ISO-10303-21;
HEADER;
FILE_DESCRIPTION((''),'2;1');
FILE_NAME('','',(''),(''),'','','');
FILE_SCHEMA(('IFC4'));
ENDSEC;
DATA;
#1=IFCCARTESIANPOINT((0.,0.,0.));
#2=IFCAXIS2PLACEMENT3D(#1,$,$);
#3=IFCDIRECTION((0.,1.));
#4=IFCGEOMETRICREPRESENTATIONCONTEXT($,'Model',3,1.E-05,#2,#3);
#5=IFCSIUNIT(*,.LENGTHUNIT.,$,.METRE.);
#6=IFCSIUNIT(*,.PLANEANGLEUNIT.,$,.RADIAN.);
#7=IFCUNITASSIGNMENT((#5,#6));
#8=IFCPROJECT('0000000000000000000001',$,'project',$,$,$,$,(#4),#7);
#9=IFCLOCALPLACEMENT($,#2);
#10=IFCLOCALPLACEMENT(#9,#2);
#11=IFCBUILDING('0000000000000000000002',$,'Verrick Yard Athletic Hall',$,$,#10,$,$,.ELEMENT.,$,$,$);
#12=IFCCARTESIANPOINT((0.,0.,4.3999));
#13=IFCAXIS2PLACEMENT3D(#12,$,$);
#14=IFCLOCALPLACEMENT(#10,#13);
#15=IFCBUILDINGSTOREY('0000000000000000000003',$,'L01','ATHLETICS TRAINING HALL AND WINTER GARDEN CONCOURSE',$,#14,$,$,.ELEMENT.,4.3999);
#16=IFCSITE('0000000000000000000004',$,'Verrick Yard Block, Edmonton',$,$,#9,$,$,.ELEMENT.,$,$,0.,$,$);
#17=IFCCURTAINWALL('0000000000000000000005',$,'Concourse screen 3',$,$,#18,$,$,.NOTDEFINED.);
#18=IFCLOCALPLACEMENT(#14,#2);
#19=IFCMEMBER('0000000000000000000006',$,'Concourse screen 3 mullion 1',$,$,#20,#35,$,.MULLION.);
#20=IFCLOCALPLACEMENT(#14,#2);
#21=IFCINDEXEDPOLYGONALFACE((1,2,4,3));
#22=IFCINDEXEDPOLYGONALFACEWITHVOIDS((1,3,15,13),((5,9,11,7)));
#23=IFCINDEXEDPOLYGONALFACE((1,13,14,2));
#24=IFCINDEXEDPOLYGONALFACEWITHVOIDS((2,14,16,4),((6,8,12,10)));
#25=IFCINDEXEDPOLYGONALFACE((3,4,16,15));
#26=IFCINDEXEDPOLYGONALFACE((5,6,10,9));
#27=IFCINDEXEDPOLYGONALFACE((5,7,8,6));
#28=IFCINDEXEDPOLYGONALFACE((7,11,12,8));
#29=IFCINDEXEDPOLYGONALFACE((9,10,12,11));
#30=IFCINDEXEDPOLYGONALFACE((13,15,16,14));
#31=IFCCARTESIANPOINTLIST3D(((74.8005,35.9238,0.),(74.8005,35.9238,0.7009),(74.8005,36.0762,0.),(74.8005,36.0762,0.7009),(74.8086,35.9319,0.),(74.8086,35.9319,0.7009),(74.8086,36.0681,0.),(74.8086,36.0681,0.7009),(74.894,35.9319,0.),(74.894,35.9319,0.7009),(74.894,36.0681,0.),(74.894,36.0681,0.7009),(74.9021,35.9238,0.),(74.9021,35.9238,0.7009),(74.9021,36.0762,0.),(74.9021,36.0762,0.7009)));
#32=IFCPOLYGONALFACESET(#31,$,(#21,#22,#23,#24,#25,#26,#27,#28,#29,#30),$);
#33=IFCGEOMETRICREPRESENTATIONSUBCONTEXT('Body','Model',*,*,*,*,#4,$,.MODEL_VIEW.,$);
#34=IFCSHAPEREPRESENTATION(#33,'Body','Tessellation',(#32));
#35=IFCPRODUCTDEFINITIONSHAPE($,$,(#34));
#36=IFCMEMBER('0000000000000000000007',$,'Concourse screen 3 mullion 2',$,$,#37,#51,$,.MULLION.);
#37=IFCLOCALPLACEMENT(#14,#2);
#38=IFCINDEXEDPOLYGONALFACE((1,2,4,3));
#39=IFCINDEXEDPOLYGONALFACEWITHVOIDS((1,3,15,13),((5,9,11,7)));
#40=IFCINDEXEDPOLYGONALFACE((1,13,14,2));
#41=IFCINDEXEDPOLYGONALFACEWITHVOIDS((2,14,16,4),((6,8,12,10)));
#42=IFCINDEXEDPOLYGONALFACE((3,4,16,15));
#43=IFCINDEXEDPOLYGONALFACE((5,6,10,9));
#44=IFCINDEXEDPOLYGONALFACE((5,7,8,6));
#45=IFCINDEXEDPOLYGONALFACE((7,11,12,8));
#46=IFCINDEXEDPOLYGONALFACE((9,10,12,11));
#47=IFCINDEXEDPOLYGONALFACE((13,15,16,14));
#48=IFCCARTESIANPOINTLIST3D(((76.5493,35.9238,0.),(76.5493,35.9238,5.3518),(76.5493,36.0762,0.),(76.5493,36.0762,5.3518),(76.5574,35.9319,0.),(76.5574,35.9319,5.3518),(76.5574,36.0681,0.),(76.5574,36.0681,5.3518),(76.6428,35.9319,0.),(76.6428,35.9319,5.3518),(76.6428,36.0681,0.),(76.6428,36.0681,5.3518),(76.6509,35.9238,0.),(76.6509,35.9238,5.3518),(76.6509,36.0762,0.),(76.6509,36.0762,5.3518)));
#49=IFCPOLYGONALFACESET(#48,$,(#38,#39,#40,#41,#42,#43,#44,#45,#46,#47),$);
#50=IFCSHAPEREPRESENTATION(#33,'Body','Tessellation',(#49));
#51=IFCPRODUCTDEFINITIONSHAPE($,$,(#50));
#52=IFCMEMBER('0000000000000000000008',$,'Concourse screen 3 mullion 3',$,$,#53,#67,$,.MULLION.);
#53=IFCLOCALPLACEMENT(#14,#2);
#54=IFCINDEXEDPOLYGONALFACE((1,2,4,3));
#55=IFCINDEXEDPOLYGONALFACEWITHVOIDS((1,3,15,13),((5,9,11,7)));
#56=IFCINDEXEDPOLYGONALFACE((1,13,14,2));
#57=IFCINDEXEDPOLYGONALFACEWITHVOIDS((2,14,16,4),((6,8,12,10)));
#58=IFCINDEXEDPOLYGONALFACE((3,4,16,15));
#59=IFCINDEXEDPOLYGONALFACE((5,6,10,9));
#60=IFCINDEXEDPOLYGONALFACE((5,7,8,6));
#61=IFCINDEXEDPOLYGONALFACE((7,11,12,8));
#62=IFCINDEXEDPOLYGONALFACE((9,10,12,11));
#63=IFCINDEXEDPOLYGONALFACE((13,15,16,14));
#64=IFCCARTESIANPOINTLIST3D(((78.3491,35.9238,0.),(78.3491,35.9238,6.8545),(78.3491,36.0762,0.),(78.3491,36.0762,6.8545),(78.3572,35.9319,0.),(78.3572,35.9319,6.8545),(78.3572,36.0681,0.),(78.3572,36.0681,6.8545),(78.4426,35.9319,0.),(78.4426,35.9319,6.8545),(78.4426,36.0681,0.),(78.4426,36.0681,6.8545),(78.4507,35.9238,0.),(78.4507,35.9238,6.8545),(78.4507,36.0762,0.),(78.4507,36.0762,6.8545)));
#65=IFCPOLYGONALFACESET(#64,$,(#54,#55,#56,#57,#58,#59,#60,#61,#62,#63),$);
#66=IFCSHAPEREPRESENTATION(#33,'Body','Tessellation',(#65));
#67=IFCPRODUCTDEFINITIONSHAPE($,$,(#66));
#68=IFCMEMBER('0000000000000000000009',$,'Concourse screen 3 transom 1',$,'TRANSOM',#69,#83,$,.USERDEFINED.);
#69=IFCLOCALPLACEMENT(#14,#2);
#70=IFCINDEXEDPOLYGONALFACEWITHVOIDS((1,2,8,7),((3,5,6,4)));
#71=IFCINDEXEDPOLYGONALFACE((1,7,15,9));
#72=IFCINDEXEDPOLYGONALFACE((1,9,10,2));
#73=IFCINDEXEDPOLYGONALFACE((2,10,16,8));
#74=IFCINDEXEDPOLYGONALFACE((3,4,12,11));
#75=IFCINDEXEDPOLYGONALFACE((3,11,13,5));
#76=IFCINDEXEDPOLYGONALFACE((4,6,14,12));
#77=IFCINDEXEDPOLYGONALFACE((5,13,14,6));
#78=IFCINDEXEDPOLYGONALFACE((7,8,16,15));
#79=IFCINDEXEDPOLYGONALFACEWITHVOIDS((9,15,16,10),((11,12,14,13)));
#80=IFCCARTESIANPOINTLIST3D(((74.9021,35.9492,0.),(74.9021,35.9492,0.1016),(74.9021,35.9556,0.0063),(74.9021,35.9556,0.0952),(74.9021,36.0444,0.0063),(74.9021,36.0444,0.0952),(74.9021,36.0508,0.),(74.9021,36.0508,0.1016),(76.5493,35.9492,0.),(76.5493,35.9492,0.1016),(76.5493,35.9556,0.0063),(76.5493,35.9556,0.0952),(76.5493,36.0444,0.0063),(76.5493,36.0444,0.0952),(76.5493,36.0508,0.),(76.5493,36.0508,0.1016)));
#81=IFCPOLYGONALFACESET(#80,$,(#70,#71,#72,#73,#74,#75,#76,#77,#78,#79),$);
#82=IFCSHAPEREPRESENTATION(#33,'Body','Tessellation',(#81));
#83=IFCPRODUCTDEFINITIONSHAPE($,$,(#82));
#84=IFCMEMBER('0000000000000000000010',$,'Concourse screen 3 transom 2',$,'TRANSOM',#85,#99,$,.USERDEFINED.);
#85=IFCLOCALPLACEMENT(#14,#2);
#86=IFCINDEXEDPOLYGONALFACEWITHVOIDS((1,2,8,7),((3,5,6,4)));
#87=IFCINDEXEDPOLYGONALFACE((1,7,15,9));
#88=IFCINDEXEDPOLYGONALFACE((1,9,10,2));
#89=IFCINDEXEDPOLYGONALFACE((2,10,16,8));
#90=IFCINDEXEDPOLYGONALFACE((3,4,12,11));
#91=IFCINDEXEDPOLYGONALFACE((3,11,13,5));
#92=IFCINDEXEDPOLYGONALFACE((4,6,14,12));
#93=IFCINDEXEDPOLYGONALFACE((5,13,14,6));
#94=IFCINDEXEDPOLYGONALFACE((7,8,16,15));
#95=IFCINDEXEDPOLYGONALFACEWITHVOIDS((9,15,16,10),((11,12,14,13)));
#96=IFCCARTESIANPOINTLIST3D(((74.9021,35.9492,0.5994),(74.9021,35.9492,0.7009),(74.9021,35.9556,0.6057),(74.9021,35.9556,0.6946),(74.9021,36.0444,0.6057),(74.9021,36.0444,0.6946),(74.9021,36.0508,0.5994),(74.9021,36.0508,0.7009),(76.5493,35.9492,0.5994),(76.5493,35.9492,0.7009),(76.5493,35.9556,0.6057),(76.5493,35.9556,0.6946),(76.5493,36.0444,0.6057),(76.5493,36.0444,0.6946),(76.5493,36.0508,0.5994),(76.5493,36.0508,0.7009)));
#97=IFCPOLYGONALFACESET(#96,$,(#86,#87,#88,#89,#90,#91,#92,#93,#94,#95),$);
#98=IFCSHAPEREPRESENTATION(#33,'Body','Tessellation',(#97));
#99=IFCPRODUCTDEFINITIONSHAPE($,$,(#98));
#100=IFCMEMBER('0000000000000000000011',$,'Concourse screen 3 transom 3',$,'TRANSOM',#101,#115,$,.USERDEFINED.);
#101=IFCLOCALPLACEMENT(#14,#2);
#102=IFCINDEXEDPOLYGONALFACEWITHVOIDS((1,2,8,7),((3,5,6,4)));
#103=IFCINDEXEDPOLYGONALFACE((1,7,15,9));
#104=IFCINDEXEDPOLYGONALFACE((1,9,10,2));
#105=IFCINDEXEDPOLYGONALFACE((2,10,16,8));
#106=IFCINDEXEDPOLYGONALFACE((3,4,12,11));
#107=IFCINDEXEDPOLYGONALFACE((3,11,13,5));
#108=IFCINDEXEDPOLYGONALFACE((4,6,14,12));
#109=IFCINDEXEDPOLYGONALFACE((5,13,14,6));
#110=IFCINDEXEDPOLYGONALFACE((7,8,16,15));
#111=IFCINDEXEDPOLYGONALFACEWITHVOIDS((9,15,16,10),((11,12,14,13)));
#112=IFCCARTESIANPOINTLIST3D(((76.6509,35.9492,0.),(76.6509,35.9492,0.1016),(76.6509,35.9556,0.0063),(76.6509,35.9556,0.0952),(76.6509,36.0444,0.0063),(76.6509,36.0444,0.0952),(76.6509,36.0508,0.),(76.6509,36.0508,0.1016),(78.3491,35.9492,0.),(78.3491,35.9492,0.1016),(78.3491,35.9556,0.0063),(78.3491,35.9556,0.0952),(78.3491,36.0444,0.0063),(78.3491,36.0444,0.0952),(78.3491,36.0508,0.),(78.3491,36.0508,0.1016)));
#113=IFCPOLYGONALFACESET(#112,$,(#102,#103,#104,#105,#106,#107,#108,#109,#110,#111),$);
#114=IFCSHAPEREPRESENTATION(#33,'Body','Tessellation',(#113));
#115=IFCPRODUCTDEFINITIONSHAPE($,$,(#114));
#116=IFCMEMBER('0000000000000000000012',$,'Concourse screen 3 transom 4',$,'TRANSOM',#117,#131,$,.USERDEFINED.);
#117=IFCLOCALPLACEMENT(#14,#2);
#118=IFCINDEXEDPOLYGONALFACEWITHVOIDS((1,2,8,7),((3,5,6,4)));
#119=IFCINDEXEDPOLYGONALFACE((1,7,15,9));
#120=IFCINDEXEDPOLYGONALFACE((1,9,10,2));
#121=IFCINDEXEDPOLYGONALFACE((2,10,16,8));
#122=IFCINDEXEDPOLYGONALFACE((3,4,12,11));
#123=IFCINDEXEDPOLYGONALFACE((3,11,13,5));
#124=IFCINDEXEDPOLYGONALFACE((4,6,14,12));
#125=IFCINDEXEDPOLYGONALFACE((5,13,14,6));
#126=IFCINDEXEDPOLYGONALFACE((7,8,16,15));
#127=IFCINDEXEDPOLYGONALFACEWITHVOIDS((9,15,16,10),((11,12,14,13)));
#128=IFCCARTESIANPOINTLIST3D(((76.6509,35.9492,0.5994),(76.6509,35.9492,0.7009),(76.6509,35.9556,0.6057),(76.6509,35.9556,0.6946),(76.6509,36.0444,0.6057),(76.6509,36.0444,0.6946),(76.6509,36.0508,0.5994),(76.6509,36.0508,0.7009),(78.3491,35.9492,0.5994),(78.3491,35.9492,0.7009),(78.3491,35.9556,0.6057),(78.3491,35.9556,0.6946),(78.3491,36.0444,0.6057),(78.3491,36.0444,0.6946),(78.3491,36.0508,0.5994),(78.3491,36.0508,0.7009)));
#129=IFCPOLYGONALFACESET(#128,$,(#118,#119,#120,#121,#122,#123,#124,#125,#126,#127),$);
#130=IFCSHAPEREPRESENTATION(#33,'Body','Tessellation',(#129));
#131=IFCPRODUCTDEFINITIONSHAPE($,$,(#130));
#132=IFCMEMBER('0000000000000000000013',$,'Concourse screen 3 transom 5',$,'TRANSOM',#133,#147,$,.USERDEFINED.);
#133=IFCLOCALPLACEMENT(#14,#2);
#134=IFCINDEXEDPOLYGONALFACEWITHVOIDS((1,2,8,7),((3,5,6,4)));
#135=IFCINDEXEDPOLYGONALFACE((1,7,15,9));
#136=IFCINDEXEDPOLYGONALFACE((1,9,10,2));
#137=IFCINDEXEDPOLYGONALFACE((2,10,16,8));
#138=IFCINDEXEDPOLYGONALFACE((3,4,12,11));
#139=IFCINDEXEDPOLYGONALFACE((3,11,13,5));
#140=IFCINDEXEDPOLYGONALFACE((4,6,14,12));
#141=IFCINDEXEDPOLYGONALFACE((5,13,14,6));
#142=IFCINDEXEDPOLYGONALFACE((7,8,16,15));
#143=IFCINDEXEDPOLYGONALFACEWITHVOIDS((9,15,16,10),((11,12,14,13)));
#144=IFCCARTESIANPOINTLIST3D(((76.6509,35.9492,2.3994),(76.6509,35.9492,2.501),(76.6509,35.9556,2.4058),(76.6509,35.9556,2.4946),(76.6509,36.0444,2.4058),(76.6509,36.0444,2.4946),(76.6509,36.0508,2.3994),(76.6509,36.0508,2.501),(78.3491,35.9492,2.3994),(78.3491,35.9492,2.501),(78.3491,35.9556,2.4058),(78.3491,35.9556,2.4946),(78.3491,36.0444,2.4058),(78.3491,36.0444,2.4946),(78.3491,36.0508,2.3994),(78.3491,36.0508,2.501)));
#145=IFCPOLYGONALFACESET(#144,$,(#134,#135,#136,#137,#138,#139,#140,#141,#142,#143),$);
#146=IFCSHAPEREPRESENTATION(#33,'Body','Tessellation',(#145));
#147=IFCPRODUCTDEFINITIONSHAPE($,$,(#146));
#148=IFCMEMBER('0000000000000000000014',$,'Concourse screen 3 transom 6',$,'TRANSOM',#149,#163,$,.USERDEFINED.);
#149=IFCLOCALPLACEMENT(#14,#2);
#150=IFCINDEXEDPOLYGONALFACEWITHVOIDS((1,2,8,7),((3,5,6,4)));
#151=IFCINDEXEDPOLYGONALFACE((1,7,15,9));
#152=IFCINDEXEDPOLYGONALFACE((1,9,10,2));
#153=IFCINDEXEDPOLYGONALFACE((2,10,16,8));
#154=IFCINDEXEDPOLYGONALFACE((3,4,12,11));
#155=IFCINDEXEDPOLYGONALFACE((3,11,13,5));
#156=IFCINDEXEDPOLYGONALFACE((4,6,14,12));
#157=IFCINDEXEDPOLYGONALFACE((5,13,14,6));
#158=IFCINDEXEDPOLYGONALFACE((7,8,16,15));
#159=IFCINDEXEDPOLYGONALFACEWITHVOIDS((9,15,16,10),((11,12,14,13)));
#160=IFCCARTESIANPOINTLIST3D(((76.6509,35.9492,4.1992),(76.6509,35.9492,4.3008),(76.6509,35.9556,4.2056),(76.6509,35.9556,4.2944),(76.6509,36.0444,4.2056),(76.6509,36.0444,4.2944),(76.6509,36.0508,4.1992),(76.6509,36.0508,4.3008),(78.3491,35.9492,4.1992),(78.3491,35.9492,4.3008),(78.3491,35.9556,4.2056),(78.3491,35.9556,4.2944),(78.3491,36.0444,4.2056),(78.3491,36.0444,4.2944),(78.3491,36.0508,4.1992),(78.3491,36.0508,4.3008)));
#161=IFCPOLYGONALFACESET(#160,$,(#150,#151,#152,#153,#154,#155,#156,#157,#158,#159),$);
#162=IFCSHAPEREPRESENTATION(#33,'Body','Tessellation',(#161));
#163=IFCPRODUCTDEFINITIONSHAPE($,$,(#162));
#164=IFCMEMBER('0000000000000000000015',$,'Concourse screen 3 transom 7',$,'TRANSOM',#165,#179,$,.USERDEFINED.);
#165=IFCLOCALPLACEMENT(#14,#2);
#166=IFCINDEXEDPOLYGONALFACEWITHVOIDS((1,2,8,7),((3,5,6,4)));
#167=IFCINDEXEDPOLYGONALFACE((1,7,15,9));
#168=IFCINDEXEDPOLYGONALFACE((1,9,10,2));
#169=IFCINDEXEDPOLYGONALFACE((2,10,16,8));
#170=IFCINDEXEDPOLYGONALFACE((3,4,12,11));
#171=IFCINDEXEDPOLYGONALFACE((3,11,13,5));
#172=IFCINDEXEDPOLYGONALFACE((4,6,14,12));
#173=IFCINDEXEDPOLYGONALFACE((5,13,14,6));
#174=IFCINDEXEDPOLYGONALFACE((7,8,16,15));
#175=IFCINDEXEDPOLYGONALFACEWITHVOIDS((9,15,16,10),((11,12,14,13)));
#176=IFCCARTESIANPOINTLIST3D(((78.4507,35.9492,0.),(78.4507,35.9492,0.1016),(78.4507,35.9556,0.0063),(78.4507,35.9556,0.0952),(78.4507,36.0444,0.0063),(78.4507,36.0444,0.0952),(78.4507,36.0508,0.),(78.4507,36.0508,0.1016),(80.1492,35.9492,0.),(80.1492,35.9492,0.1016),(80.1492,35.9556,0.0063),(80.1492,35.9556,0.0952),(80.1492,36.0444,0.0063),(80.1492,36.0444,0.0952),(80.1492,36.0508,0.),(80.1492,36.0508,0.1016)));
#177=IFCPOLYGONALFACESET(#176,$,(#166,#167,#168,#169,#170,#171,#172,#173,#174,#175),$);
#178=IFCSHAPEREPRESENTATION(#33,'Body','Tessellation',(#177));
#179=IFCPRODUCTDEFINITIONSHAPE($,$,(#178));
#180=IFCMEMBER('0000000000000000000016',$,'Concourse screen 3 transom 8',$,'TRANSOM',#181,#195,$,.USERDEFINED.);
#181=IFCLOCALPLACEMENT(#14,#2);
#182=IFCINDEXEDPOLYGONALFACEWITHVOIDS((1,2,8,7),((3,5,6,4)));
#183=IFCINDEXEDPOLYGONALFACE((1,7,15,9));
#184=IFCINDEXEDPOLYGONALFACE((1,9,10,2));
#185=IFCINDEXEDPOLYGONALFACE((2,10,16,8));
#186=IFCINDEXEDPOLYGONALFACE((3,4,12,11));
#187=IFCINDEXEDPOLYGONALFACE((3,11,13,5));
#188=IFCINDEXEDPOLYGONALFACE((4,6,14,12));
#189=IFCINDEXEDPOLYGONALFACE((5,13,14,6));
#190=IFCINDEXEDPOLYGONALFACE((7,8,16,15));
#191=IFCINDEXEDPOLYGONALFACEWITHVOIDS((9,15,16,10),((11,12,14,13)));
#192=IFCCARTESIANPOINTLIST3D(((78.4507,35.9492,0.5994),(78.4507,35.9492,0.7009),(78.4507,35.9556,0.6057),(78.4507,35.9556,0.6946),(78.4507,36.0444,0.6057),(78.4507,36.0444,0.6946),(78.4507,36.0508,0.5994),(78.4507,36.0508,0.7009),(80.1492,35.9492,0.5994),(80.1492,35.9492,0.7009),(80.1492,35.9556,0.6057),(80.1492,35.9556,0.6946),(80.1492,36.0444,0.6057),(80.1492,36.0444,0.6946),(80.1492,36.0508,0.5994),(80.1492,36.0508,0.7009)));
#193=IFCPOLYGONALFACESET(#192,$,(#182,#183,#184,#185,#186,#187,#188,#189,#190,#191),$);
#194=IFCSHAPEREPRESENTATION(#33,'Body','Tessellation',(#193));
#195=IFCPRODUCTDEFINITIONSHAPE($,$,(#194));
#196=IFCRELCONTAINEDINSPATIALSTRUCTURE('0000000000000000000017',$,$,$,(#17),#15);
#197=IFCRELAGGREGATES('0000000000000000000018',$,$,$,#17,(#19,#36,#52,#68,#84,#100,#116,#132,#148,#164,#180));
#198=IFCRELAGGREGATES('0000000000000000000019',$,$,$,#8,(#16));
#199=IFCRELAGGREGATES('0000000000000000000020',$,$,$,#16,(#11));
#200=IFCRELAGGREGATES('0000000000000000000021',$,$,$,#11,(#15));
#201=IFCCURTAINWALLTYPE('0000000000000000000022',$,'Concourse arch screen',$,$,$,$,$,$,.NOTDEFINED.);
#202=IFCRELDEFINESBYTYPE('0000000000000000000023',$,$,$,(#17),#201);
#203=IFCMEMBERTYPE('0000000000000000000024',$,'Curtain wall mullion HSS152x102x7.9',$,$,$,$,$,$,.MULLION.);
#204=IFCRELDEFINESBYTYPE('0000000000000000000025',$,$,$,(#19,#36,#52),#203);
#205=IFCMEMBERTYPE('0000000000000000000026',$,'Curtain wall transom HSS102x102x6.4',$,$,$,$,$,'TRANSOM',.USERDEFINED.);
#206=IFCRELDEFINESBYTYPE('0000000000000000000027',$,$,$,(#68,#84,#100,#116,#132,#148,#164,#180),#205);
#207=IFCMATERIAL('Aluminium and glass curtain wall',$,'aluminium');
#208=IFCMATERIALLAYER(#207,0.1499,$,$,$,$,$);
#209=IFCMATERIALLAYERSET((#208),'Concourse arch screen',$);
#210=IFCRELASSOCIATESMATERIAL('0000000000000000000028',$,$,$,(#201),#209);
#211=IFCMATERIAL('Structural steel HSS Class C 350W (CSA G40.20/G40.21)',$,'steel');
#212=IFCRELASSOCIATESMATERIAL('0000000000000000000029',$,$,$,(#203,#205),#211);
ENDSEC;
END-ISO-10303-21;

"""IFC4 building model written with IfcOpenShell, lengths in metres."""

from ifc_helpers import new_model, si_unit, direction, frame, origin, origin_2d, place, context, subcontext, project, spatial, hollow_rectangle, extrude, material, layer, layer_set, material_profile, profile_set, type_object, element, aggregate, save


model = new_model("IFC4")

# Units and contexts
model_context = context("Model", 3, precision=1e-05, world=origin(), true_north=direction((0.0, 1.0)))
body_context = subcontext(model_context, "Body", "Model", "MODEL_VIEW")
ifc_project = project(units=[si_unit("LENGTHUNIT", "METRE"), si_unit("PLANEANGLEUNIT", "RADIAN")], contexts=[model_context])

# Site, building, storey
site_placement = place(None, origin())
site = spatial("IfcSite", under=ifc_project, at=site_placement, Name="Verrick Yard Block, Edmonton", CompositionType="ELEMENT", RefElevation=0.0)
building_placement = place(site_placement, origin())
building = spatial("IfcBuilding", under=site, at=building_placement, Name="Verrick Yard Athletic Hall", CompositionType="ELEMENT")
storey_placement = place(building_placement, frame((0.0, 0.0, 4.3999)))
storey = spatial("IfcBuildingStorey", under=building, at=storey_placement, Name="L01", Description="ATHLETICS TRAINING HALL AND WINTER GARDEN CONCOURSE", CompositionType="ELEMENT", Elevation=4.3999)

# Curtain wall, members
ifc_material_1 = material(Name="Aluminium and glass curtain wall", Category="aluminium")
ifc_layer_1 = layer(ifc_material_1, 0.1499)
ifc_layer_set_1 = layer_set([ifc_layer_1], Name="Concourse arch screen")
curtain_wall_type = type_object("IfcCurtainWallType", Name="Concourse arch screen", PredefinedType="NOTDEFINED", material=ifc_layer_set_1)
curtain_wall_placement = place(storey_placement, origin())
curtain_wall = element("IfcCurtainWall", 1, at=curtain_wall_placement, inside=storey, type_object=curtain_wall_type, Name="Concourse screen 3", PredefinedType="NOTDEFINED")
ifc_material_2 = material(Name="Structural steel HSS Class C 350W (CSA G40.20/G40.21)", Category="steel")
ifc_material_profile_1 = material_profile(ifc_material_2, hollow_rectangle(XDim=0.1016, YDim=0.1523, WallThickness=0.0081, at=origin_2d()), Name="HSS152x102x7.9")
ifc_profile_set_1 = profile_set([ifc_material_profile_1], Name="Structural steel HSS Class C 350W (CSA G40.20/G40.21)")
member_type_1 = type_object("IfcMemberType", Name="Curtain wall mullion HSS152x102x7.9", PredefinedType="MULLION", material=ifc_profile_set_1)
member_1_placement = place(storey_placement, frame((74.8513, 36.0, 0.0), z_axis=(0.0, 0.0, 1.0), x_axis=(1.0, 0.0, 0.0)))
member_1 = element("IfcMember", 2, at=member_1_placement, type_object=member_type_1, Name="Concourse screen 3 mullion 1", PredefinedType="MULLION", context=body_context, shape_type="SweptSolid", body=[
    extrude(hollow_rectangle(XDim=0.1016, YDim=0.1523, WallThickness=0.0081, at=origin_2d()), origin(), (0.0, 0.0, 1.0), 0.7009),
])
member_2_placement = place(storey_placement, frame((76.6001, 36.0, 0.0), z_axis=(0.0, 0.0, 1.0), x_axis=(1.0, 0.0, 0.0)))
member_2 = element("IfcMember", 3, at=member_2_placement, type_object=member_type_1, Name="Concourse screen 3 mullion 2", PredefinedType="MULLION", context=body_context, shape_type="SweptSolid", body=[
    extrude(hollow_rectangle(XDim=0.1016, YDim=0.1523, WallThickness=0.0081, at=origin_2d()), origin(), (0.0, 0.0, 1.0), 5.3518),
])
member_3_placement = place(storey_placement, frame((78.3999, 36.0, 0.0), z_axis=(0.0, 0.0, 1.0), x_axis=(1.0, 0.0, 0.0)))
member_3 = element("IfcMember", 4, at=member_3_placement, type_object=member_type_1, Name="Concourse screen 3 mullion 3", PredefinedType="MULLION", context=body_context, shape_type="SweptSolid", body=[
    extrude(hollow_rectangle(XDim=0.1016, YDim=0.1523, WallThickness=0.0081, at=origin_2d()), origin(), (0.0, 0.0, 1.0), 6.8545),
])
ifc_material_profile_2 = material_profile(ifc_material_2, hollow_rectangle(XDim=0.1016, YDim=0.1016, WallThickness=0.0063, at=origin_2d()), Name="HSS102x102x6.4")
ifc_profile_set_2 = profile_set([ifc_material_profile_2], Name="Structural steel HSS Class C 350W (CSA G40.20/G40.21)")
member_type_2 = type_object("IfcMemberType", Name="Curtain wall transom HSS102x102x6.4", ElementType="TRANSOM", PredefinedType="USERDEFINED", material=ifc_profile_set_2)
member_4_placement = place(storey_placement, frame((74.9021, 36.0, 0.0508), z_axis=(1.0, 0.0, 0.0), x_axis=(0.0, 1.0, 0.0)))
member_4 = element("IfcMember", 5, at=member_4_placement, type_object=member_type_2, Name="Concourse screen 3 transom 1", ObjectType="TRANSOM", PredefinedType="USERDEFINED", context=body_context, shape_type="SweptSolid", body=[
    extrude(hollow_rectangle(XDim=0.1016, YDim=0.1016, WallThickness=0.0063, at=origin_2d()), origin(), (0.0, 0.0, 1.0), 1.6472),
])
member_5_placement = place(storey_placement, frame((74.9021, 36.0, 0.6501), z_axis=(1.0, 0.0, 0.0), x_axis=(0.0, 1.0, 0.0)))
member_5 = element("IfcMember", 6, at=member_5_placement, type_object=member_type_2, Name="Concourse screen 3 transom 2", ObjectType="TRANSOM", PredefinedType="USERDEFINED", context=body_context, shape_type="SweptSolid", body=[
    extrude(hollow_rectangle(XDim=0.1016, YDim=0.1016, WallThickness=0.0063, at=origin_2d()), origin(), (0.0, 0.0, 1.0), 1.6472),
])
member_6_placement = place(storey_placement, frame((76.6509, 36.0, 0.0508), z_axis=(1.0, 0.0, 0.0), x_axis=(0.0, 1.0, 0.0)))
member_6 = element("IfcMember", 7, at=member_6_placement, type_object=member_type_2, Name="Concourse screen 3 transom 3", ObjectType="TRANSOM", PredefinedType="USERDEFINED", context=body_context, shape_type="SweptSolid", body=[
    extrude(hollow_rectangle(XDim=0.1016, YDim=0.1016, WallThickness=0.0063, at=origin_2d()), origin(), (0.0, 0.0, 1.0), 1.6982),
])
member_7_placement = place(storey_placement, frame((76.6509, 36.0, 0.6501), z_axis=(1.0, 0.0, 0.0), x_axis=(0.0, 1.0, 0.0)))
member_7 = element("IfcMember", 8, at=member_7_placement, type_object=member_type_2, Name="Concourse screen 3 transom 4", ObjectType="TRANSOM", PredefinedType="USERDEFINED", context=body_context, shape_type="SweptSolid", body=[
    extrude(hollow_rectangle(XDim=0.1016, YDim=0.1016, WallThickness=0.0063, at=origin_2d()), origin(), (0.0, 0.0, 1.0), 1.6982),
])
member_8_placement = place(storey_placement, frame((76.6509, 36.0, 2.4502), z_axis=(1.0, 0.0, 0.0), x_axis=(0.0, 1.0, 0.0)))
member_8 = element("IfcMember", 9, at=member_8_placement, type_object=member_type_2, Name="Concourse screen 3 transom 5", ObjectType="TRANSOM", PredefinedType="USERDEFINED", context=body_context, shape_type="SweptSolid", body=[
    extrude(hollow_rectangle(XDim=0.1016, YDim=0.1016, WallThickness=0.0063, at=origin_2d()), origin(), (0.0, 0.0, 1.0), 1.6982),
])
member_9_placement = place(storey_placement, frame((76.6509, 36.0, 4.25), z_axis=(1.0, 0.0, 0.0), x_axis=(0.0, 1.0, 0.0)))
member_9 = element("IfcMember", 10, at=member_9_placement, type_object=member_type_2, Name="Concourse screen 3 transom 6", ObjectType="TRANSOM", PredefinedType="USERDEFINED", context=body_context, shape_type="SweptSolid", body=[
    extrude(hollow_rectangle(XDim=0.1016, YDim=0.1016, WallThickness=0.0063, at=origin_2d()), origin(), (0.0, 0.0, 1.0), 1.6982),
])
member_10_placement = place(storey_placement, frame((78.4507, 36.0, 0.0508), z_axis=(1.0, 0.0, 0.0), x_axis=(0.0, 1.0, 0.0)))
member_10 = element("IfcMember", 11, at=member_10_placement, type_object=member_type_2, Name="Concourse screen 3 transom 7", ObjectType="TRANSOM", PredefinedType="USERDEFINED", context=body_context, shape_type="SweptSolid", body=[
    extrude(hollow_rectangle(XDim=0.1016, YDim=0.1016, WallThickness=0.0063, at=origin_2d()), origin(), (0.0, 0.0, 1.0), 1.6985),
])
member_11_placement = place(storey_placement, frame((78.4507, 36.0, 0.6501), z_axis=(1.0, 0.0, 0.0), x_axis=(0.0, 1.0, 0.0)))
member_11 = element("IfcMember", 12, at=member_11_placement, type_object=member_type_2, Name="Concourse screen 3 transom 8", ObjectType="TRANSOM", PredefinedType="USERDEFINED", context=body_context, shape_type="SweptSolid", body=[
    extrude(hollow_rectangle(XDim=0.1016, YDim=0.1016, WallThickness=0.0063, at=origin_2d()), origin(), (0.0, 0.0, 1.0), 1.6985),
])
aggregate(curtain_wall, [member_1, member_2, member_3, member_4, member_5, member_6, member_7, member_8, member_9, member_10, member_11])

save(model, "model.ifc")
